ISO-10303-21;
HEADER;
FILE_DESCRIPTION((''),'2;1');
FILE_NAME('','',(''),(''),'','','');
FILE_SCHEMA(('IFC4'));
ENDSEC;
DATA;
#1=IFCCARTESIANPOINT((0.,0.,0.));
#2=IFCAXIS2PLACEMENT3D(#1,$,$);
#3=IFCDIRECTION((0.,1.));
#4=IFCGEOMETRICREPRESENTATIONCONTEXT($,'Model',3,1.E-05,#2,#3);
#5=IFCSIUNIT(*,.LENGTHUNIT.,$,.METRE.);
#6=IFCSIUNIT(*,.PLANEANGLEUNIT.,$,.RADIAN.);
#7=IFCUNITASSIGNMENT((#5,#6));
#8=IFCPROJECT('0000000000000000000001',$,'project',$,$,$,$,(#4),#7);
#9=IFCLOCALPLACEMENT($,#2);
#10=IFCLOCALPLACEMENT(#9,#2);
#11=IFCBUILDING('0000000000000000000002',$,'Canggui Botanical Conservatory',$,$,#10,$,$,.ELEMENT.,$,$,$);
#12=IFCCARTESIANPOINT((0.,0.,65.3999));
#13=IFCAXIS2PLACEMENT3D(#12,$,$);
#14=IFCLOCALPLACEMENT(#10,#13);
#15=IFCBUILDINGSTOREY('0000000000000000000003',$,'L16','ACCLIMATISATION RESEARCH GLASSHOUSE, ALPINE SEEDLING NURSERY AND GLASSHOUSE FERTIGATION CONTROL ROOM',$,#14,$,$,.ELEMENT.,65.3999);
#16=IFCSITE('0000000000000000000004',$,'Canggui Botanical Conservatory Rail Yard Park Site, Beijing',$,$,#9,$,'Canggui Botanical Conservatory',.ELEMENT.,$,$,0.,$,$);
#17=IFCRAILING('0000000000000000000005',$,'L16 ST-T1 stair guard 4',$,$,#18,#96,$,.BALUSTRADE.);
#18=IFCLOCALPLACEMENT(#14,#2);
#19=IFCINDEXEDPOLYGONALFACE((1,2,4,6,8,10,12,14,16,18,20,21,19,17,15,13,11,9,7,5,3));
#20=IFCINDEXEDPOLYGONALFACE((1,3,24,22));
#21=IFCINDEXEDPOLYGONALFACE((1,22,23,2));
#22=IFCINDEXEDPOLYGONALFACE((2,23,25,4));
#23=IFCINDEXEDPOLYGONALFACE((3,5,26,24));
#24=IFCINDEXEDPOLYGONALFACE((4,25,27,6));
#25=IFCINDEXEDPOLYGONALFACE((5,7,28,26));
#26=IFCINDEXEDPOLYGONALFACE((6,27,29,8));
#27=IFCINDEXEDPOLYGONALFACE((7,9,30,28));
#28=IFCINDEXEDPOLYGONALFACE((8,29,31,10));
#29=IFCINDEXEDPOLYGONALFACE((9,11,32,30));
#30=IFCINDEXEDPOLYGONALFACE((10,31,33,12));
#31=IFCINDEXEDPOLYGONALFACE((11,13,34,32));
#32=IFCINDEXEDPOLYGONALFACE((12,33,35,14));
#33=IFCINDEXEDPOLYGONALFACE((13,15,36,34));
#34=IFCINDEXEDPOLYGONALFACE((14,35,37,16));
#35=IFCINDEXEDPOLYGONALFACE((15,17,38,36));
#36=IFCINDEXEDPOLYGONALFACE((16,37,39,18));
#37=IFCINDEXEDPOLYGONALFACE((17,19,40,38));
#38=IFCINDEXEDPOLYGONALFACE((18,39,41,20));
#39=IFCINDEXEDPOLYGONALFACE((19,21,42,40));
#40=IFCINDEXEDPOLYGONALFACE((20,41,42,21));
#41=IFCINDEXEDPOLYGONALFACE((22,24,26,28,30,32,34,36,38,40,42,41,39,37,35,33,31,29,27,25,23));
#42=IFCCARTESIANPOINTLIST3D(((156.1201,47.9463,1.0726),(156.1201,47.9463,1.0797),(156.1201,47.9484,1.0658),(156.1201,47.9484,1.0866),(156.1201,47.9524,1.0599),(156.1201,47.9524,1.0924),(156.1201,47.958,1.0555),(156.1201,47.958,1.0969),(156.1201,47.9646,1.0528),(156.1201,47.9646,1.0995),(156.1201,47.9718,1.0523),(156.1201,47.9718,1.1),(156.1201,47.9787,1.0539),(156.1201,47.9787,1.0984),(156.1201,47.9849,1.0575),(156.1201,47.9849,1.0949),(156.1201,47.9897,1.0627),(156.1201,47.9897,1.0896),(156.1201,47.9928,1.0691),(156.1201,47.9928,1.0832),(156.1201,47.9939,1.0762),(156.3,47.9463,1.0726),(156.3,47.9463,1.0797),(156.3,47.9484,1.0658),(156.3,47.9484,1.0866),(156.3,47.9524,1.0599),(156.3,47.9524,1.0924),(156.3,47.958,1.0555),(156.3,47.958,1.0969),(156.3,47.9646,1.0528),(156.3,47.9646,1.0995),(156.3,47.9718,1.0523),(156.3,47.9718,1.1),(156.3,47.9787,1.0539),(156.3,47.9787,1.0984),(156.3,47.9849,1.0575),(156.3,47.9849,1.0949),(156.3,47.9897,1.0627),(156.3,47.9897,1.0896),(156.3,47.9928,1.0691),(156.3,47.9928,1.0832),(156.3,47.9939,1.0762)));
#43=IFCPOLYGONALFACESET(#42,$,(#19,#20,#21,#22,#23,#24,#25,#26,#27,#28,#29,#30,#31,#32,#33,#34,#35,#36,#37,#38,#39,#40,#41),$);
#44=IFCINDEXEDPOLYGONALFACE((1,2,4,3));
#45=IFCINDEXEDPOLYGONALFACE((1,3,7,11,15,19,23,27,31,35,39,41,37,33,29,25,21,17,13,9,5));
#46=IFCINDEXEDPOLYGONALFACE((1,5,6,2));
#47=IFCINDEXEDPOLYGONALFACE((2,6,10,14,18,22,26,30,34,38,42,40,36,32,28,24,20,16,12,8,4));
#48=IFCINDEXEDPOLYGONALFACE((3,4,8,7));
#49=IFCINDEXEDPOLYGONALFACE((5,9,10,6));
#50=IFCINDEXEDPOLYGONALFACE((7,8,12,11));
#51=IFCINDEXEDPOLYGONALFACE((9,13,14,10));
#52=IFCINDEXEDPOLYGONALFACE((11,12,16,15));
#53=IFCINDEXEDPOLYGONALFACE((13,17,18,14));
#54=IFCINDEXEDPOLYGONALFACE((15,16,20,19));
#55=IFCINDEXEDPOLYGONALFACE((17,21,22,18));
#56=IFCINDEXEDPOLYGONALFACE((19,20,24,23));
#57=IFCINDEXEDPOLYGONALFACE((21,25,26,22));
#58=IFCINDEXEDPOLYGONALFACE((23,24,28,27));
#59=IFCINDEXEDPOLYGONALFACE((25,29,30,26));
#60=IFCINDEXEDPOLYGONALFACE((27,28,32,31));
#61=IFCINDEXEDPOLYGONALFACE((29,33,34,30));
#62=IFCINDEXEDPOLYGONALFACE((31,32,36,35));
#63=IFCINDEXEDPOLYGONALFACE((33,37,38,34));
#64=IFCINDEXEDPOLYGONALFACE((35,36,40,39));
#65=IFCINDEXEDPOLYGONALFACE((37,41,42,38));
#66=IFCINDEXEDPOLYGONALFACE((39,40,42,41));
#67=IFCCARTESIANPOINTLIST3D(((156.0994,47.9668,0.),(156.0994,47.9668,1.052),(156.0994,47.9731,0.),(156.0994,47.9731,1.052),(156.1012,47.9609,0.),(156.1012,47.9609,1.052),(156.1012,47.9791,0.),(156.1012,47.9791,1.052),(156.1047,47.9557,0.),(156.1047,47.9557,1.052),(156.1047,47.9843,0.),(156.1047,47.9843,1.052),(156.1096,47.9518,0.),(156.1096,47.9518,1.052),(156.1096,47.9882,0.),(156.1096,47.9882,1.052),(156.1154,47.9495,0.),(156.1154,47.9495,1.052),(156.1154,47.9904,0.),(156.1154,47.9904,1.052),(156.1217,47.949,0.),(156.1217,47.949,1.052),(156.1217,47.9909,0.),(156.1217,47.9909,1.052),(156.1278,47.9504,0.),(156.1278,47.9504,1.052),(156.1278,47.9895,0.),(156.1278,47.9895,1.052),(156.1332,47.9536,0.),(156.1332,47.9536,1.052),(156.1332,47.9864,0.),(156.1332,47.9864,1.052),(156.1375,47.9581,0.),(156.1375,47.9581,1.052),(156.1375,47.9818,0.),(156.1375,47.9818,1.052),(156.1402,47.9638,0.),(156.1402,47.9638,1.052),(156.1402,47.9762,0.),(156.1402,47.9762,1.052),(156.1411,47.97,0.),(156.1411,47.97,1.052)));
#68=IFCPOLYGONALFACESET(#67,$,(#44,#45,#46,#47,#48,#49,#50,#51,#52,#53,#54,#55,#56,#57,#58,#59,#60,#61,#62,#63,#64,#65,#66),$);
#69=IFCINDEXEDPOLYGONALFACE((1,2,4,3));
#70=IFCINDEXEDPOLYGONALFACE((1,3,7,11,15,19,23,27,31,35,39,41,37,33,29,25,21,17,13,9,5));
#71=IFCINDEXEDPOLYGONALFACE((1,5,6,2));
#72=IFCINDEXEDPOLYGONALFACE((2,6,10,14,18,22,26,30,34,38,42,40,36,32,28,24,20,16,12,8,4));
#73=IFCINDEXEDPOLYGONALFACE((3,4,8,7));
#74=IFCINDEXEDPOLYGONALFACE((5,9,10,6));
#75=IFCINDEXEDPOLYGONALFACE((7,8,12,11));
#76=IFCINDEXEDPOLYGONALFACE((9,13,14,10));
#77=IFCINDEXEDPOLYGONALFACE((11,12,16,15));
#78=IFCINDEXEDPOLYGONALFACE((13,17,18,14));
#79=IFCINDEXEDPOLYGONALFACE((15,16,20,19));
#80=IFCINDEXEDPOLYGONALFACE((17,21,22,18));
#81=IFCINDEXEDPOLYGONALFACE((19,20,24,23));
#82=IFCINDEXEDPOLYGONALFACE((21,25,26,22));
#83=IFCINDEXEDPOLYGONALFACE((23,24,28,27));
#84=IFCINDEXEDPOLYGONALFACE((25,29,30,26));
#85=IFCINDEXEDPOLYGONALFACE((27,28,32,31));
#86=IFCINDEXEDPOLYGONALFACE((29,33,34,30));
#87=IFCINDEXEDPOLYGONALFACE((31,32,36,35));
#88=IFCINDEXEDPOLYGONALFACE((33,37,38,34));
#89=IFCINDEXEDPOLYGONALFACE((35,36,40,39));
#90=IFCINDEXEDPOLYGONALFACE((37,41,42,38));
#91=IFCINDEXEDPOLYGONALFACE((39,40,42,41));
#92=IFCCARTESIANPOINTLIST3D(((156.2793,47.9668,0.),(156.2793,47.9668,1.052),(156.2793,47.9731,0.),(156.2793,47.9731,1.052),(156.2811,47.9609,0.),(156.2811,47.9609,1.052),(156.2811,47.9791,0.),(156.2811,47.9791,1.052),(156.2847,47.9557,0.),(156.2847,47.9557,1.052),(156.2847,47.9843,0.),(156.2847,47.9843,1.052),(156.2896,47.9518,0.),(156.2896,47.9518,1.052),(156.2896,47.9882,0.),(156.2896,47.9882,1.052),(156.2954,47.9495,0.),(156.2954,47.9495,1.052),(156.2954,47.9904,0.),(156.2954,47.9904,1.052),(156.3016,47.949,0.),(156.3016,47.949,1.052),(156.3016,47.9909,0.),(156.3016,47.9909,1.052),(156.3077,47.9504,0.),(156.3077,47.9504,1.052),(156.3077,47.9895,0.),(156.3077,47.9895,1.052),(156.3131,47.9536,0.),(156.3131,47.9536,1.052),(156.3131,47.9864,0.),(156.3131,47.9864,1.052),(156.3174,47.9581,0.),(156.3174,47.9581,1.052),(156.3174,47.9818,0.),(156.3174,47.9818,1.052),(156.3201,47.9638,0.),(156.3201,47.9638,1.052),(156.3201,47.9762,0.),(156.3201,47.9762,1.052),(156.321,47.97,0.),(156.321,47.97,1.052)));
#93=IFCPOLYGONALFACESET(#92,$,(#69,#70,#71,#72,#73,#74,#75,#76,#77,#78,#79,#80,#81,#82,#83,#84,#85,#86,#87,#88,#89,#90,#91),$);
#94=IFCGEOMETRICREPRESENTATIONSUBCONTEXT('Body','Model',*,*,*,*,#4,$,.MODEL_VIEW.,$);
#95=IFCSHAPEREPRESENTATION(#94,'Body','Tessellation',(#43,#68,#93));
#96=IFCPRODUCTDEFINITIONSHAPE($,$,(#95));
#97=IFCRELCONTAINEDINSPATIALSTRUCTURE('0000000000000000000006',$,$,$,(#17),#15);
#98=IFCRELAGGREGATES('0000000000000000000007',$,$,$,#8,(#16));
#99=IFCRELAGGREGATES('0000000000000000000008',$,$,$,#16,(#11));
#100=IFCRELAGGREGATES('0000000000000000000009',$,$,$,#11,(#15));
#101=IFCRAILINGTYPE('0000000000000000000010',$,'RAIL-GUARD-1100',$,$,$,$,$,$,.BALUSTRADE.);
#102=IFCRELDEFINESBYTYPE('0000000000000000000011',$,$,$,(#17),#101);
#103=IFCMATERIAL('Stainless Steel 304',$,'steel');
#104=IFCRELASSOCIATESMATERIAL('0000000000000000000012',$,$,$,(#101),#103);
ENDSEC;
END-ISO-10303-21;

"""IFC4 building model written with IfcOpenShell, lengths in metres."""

from ifc_helpers import new_model, si_unit, direction, frame, origin, origin_2d, place, context, subcontext, project, spatial, circle, extrude, material, type_object, element, save


model = new_model("IFC4")

# Units and contexts
model_context = context("Model", 3, precision=1e-05, world=origin(), true_north=direction((0.0, 1.0)))
body_context = subcontext(model_context, "Body", "Model", "MODEL_VIEW")
ifc_project = project(units=[si_unit("LENGTHUNIT", "METRE"), si_unit("PLANEANGLEUNIT", "RADIAN")], contexts=[model_context])

# Site, building, storey
site_placement = place(None, origin())
site = spatial("IfcSite", under=ifc_project, at=site_placement, Name="Canggui Botanical Conservatory Rail Yard Park Site, Beijing", LongName="Canggui Botanical Conservatory", CompositionType="ELEMENT", RefElevation=0.0)
building_placement = place(site_placement, origin())
building = spatial("IfcBuilding", under=site, at=building_placement, Name="Canggui Botanical Conservatory", CompositionType="ELEMENT")
storey_placement = place(building_placement, frame((0.0, 0.0, 65.3999)))
storey = spatial("IfcBuildingStorey", under=building, at=storey_placement, Name="L16", Description="ACCLIMATISATION RESEARCH GLASSHOUSE, ALPINE SEEDLING NURSERY AND GLASSHOUSE FERTIGATION CONTROL ROOM", CompositionType="ELEMENT", Elevation=65.3999)

# Shared definitions
ifc_material_1 = material(Name="Stainless Steel 304", Category="steel")

# Railing
railing_type_1 = type_object("IfcRailingType", Name="RAIL-GUARD-1100", PredefinedType="BALUSTRADE", material=ifc_material_1)
railing_1_placement = place(storey_placement, frame((156.1201, 47.97, 0.0)))
element("IfcRailing", 1, at=railing_1_placement, inside=storey, type_object=railing_type_1, Name="L16 ST-T1 stair guard 4", PredefinedType="BALUSTRADE", context=body_context, shape_type="SweptSolid", body=[
    extrude(circle(Radius=0.0239, at=origin_2d()), frame((0.0, 0.0, 1.0762), z_axis=(1.0, 0.0, 0.0), x_axis=(0.0, 1.0, 0.0)), (0.0, 0.0, 1.0), 0.1799),
    extrude(circle(Radius=0.021, at=origin_2d()), origin(), (0.0, 0.0, 1.0), 1.052),
    extrude(circle(Radius=0.021, at=origin_2d()), frame((0.1799, 0.0, 0.0)), (0.0, 0.0, 1.0), 1.052),
])

save(model, "model.ifc")
